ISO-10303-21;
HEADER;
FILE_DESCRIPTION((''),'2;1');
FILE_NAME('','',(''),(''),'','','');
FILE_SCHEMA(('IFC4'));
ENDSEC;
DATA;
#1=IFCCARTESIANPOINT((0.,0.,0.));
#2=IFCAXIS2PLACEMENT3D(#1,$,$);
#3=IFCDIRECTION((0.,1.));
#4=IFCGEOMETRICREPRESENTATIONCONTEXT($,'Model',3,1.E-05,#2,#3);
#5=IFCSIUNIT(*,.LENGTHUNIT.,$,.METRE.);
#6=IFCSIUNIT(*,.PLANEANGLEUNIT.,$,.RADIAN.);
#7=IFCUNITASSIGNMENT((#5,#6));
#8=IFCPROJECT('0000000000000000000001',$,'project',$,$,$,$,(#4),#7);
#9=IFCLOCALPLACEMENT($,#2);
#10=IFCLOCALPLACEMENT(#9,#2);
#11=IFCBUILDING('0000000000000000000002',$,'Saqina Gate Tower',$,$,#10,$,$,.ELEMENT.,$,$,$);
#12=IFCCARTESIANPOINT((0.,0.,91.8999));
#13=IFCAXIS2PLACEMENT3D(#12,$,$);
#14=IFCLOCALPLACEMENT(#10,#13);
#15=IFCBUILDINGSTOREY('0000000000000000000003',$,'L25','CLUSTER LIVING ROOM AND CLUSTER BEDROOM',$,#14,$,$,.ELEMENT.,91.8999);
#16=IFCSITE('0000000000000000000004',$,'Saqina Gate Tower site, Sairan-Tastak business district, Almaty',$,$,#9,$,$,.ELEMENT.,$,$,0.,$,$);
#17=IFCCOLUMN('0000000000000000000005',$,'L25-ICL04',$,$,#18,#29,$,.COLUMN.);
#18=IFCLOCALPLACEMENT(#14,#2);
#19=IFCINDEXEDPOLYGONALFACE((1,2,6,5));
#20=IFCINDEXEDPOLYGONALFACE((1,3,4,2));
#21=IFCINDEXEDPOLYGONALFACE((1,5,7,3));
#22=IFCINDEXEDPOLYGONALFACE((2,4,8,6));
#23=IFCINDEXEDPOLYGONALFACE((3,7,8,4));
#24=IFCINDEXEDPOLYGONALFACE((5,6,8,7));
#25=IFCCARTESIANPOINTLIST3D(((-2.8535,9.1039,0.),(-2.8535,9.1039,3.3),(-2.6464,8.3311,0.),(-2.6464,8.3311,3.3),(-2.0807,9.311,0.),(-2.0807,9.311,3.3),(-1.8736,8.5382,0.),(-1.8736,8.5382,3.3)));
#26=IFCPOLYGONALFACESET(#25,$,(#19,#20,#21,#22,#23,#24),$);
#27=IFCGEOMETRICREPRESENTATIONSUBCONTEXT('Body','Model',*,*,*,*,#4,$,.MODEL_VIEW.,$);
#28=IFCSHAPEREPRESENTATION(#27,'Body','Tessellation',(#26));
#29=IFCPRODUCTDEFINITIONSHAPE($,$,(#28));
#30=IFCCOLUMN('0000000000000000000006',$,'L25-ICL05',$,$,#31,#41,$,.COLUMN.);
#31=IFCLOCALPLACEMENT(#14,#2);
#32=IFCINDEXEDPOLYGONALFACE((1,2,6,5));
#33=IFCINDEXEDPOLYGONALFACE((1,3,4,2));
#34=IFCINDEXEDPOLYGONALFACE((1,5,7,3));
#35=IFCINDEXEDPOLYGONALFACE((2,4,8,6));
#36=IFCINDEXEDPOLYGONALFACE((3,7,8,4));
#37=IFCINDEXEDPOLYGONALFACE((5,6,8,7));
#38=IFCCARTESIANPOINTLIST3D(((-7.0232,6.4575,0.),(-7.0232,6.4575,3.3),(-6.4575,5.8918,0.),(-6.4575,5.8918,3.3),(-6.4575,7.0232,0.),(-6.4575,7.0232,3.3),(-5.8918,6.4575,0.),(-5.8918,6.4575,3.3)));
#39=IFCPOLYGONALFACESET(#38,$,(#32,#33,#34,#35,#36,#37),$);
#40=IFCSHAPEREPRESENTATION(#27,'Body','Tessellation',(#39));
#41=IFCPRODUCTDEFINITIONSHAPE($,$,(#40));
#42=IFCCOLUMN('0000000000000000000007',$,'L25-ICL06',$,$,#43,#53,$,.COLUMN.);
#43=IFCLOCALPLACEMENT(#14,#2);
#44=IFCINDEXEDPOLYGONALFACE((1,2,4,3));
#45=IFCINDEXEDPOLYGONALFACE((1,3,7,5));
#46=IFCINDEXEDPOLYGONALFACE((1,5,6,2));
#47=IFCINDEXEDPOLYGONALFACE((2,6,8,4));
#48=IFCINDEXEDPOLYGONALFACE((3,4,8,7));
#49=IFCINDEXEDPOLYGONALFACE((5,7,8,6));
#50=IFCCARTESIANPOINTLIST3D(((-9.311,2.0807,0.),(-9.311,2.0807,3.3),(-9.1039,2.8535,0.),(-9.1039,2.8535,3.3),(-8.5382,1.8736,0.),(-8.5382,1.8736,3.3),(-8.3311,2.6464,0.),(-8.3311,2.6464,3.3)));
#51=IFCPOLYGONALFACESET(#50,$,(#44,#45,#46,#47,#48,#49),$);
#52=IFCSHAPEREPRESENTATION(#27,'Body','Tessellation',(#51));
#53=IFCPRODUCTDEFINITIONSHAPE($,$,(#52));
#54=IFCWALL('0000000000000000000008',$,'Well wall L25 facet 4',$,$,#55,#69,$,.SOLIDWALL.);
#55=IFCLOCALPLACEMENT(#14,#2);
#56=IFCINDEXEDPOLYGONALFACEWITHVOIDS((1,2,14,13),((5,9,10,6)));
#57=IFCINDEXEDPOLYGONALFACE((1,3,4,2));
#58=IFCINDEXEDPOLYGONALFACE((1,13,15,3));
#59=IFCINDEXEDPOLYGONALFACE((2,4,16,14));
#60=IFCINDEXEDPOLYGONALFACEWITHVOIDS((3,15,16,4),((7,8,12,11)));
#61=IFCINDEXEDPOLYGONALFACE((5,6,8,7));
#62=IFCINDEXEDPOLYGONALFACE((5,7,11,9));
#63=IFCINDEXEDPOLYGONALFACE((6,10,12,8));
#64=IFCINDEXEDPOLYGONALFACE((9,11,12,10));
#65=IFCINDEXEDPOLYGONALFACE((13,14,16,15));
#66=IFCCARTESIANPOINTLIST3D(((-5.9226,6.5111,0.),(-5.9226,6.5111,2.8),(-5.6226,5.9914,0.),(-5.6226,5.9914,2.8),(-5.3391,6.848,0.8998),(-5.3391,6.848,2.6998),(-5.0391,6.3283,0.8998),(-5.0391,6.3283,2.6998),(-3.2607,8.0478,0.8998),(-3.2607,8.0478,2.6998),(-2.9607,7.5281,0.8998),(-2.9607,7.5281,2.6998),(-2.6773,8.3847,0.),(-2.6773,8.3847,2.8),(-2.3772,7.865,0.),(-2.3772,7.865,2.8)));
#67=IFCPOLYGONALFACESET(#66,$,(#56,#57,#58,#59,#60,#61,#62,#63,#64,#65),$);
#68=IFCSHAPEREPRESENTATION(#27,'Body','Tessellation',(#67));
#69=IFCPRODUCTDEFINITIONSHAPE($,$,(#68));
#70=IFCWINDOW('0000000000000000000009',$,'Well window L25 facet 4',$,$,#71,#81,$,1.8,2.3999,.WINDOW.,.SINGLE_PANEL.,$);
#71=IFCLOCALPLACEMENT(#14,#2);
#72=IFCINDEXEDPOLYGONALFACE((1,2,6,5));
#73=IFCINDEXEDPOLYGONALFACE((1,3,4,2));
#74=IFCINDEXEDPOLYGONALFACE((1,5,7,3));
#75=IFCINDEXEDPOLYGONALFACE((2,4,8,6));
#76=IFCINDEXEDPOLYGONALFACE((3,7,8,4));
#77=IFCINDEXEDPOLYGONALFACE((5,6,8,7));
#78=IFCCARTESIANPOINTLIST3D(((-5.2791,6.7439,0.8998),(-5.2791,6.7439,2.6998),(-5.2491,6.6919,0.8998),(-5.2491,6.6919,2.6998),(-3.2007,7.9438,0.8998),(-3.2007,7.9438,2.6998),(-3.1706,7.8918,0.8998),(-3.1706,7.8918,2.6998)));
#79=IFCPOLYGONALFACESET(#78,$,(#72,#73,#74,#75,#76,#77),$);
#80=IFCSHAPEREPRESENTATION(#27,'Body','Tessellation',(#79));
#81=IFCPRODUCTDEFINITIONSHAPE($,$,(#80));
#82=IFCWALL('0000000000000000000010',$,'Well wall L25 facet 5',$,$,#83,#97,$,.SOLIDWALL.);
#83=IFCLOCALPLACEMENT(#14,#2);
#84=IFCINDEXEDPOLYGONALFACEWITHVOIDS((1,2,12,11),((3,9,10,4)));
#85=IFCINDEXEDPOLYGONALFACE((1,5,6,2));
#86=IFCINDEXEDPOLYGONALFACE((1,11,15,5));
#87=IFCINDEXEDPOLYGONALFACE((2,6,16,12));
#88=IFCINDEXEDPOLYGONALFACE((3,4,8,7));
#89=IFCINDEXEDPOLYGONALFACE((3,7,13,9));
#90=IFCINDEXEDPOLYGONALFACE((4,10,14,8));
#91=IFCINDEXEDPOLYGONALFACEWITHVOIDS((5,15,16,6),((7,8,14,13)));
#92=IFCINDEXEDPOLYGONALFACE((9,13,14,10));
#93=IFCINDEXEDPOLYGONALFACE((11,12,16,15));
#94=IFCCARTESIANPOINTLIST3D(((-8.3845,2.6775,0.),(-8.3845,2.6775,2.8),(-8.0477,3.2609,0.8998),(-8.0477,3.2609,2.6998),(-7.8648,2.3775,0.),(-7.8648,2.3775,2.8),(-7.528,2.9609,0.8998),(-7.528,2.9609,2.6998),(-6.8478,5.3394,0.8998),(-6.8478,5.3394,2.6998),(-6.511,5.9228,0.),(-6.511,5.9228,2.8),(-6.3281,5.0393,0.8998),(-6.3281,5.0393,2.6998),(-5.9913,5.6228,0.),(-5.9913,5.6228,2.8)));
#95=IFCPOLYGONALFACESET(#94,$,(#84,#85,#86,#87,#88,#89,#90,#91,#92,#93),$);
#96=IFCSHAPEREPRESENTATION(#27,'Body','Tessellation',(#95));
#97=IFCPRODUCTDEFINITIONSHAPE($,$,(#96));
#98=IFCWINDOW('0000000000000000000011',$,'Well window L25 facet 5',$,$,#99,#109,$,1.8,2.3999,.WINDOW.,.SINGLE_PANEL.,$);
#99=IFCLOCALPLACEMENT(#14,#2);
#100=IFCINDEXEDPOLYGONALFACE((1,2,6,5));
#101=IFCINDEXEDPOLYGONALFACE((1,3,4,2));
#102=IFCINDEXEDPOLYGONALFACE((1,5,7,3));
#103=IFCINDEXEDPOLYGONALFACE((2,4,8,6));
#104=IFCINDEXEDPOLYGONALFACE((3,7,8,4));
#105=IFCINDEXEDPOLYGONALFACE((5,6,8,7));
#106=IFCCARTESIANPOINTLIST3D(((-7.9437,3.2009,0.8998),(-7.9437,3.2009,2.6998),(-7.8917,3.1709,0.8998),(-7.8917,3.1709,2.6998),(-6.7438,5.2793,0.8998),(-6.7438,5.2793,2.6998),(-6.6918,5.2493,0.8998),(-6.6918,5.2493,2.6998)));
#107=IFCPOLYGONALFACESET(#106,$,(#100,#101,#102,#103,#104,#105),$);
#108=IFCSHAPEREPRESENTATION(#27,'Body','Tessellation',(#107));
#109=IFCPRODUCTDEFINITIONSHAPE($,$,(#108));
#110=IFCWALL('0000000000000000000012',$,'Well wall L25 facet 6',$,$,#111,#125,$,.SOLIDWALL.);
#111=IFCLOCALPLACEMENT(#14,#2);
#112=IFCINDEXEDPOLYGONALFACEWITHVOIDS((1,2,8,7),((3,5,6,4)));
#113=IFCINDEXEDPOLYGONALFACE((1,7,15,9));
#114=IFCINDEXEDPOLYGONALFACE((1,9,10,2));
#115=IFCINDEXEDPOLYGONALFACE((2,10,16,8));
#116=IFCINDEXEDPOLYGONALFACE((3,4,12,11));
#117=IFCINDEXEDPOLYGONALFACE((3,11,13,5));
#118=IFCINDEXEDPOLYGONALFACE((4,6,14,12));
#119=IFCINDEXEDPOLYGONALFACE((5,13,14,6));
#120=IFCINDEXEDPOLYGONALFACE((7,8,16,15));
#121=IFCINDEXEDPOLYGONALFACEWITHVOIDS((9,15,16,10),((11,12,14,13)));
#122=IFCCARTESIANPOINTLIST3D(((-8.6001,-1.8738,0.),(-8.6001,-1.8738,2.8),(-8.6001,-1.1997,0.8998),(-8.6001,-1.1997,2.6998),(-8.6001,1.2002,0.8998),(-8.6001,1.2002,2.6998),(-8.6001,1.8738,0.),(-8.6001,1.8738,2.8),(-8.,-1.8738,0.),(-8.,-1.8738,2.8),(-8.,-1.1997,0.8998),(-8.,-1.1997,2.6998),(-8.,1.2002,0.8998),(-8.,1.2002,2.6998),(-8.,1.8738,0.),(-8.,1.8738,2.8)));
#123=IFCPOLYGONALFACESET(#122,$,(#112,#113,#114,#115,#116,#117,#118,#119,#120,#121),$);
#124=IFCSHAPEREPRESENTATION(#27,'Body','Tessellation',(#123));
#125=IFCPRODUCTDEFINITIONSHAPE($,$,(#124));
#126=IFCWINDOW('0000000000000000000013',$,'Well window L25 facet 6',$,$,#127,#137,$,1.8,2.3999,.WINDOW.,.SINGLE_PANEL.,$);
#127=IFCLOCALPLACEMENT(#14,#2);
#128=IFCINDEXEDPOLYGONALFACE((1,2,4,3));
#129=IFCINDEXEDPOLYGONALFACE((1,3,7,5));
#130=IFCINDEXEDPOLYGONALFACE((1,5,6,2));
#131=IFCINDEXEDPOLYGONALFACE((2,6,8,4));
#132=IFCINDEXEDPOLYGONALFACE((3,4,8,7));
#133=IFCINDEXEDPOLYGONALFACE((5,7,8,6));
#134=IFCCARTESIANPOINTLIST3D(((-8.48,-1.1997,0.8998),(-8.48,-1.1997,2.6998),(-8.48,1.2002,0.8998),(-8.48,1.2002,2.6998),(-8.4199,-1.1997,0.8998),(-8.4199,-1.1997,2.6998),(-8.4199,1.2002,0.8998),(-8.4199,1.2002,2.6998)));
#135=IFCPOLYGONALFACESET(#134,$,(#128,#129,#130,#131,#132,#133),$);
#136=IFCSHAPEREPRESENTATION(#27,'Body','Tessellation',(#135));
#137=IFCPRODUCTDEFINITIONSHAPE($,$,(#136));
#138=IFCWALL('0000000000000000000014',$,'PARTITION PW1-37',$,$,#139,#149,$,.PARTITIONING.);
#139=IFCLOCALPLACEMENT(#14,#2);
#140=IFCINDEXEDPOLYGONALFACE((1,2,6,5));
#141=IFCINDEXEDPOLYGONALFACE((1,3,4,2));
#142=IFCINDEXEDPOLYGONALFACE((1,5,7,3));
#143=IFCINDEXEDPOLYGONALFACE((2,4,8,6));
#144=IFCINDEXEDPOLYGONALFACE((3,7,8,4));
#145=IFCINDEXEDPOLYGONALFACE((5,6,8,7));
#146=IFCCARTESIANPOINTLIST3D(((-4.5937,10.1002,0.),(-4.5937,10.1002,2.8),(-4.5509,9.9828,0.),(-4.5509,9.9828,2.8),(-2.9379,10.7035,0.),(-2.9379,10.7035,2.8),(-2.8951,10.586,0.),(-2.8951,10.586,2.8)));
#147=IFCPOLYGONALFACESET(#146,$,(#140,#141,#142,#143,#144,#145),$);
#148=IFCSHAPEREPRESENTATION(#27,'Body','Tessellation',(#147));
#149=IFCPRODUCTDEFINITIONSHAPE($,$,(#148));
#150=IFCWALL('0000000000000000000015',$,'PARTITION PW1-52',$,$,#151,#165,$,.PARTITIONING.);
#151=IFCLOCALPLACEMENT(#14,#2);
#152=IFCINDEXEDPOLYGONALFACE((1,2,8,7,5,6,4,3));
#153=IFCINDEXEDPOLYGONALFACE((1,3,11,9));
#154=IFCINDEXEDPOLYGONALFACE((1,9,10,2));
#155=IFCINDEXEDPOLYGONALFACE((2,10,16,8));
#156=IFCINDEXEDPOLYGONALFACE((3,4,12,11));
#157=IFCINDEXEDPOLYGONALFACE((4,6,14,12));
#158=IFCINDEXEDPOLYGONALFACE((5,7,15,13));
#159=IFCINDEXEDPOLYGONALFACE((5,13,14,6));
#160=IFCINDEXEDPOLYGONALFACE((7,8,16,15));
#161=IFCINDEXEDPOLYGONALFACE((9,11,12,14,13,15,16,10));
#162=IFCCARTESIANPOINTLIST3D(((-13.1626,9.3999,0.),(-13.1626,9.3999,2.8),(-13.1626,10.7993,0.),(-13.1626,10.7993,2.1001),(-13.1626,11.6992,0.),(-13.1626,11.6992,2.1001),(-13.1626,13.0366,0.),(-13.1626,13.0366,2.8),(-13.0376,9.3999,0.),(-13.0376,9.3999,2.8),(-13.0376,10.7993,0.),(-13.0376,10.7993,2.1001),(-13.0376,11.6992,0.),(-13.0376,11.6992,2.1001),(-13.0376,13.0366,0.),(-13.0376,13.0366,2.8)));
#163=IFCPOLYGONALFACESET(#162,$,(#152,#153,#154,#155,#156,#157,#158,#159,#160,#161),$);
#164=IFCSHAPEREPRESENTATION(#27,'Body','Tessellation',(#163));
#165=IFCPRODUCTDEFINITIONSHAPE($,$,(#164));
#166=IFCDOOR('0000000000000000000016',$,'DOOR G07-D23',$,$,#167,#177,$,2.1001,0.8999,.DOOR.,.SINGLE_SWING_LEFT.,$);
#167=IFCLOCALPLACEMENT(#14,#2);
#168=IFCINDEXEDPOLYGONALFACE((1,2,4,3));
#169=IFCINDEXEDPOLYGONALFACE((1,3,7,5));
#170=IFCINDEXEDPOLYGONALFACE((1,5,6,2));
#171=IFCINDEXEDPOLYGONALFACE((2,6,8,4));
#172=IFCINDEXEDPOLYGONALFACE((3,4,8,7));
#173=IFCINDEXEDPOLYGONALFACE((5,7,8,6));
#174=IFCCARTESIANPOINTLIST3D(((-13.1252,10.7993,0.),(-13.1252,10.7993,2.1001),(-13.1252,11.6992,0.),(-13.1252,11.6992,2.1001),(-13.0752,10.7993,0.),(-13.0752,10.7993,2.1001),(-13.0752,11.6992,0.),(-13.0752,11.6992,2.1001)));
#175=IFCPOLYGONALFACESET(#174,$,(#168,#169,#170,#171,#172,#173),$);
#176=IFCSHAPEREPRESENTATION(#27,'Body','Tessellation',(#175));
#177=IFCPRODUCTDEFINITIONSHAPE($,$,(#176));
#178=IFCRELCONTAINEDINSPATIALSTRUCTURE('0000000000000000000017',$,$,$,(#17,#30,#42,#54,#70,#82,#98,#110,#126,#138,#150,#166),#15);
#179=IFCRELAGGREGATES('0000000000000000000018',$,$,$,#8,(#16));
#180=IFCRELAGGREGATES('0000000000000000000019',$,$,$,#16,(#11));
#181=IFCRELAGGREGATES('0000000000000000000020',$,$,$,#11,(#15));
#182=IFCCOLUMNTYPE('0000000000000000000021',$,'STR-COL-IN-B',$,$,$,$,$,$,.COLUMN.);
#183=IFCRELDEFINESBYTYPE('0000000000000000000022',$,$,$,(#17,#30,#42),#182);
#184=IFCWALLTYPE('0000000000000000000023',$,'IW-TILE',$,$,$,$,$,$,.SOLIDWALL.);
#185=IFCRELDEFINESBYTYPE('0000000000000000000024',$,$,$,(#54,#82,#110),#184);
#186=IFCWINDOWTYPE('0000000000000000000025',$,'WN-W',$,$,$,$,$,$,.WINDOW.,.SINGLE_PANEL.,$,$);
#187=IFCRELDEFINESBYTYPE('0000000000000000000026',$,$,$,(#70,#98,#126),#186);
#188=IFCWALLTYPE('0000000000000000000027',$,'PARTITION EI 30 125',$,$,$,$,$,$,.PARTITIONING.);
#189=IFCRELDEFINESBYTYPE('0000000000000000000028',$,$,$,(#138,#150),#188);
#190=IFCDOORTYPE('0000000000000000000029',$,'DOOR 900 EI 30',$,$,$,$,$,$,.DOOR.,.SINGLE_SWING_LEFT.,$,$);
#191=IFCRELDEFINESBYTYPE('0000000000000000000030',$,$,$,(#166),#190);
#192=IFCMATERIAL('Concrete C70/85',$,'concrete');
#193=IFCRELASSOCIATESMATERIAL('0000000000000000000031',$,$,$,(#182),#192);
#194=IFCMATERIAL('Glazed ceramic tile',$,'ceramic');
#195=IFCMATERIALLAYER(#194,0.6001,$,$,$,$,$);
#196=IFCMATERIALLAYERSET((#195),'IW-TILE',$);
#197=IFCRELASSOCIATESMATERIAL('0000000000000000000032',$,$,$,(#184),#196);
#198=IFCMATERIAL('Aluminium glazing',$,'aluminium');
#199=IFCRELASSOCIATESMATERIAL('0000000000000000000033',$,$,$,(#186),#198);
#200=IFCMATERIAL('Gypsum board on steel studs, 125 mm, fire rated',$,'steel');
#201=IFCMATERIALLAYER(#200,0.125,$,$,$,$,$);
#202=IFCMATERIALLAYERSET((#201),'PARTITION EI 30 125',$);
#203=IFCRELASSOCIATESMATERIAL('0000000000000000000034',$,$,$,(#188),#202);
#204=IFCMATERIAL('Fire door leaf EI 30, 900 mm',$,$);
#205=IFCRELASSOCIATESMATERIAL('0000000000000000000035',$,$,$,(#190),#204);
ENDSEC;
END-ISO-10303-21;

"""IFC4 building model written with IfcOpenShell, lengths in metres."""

from ifc_helpers import new_model, si_unit, direction, frame, frame_2d, origin, origin_2d, place, context, subcontext, project, spatial, rectangle, extrude, material, layer, layer_set, material_profile, profile_set, type_object, element, fill, save


model = new_model("IFC4")

# Units and contexts
model_context = context("Model", 3, precision=1e-05, world=origin(), true_north=direction((0.0, 1.0)))
body_context = subcontext(model_context, "Body", "Model", "MODEL_VIEW")
ifc_project = project(units=[si_unit("LENGTHUNIT", "METRE"), si_unit("PLANEANGLEUNIT", "RADIAN")], contexts=[model_context])

# Site, building, storey
site_placement = place(None, origin())
site = spatial("IfcSite", under=ifc_project, at=site_placement, Name="Saqina Gate Tower site, Sairan-Tastak business district, Almaty", CompositionType="ELEMENT", RefElevation=0.0)
building_placement = place(site_placement, origin())
building = spatial("IfcBuilding", under=site, at=building_placement, Name="Saqina Gate Tower", CompositionType="ELEMENT")
storey_placement = place(building_placement, frame((0.0, 0.0, 91.8999)))
storey = spatial("IfcBuildingStorey", under=building, at=storey_placement, Name="L25", Description="CLUSTER LIVING ROOM AND CLUSTER BEDROOM", CompositionType="ELEMENT", Elevation=91.8999)

# Columns
ifc_material_1 = material(Name="Concrete C70/85", Category="concrete")
ifc_material_profile = material_profile(ifc_material_1, rectangle(XDim=0.8, YDim=0.8, at=origin_2d()), Name="RC 800x800")
ifc_profile_set = profile_set([ifc_material_profile], Name="Concrete C70/85")
column_type = type_object("IfcColumnType", Name="STR-COL-IN-B", PredefinedType="COLUMN", material=ifc_profile_set)
for number, where, z_axis, x_axis, name in (
    (1, (-2.3635, 8.821, 0.0), (0.0, 0.0, 1.0), (-0.258819, 0.965926, 0.0), "L25-ICL04"),
    (2, (-6.4575, 6.4575, 0.0), (0.0, 0.0, 1.0), (-0.707107, 0.707107, 0.0), "L25-ICL05"),
    (3, (-8.821, 2.3635, 0.0), (0.0, 0.0, 1.0), (-0.965926, 0.258819, 0.0), "L25-ICL06"),
):
    element("IfcColumn", number, at=place(storey_placement, frame(where, z_axis=z_axis, x_axis=x_axis)), inside=storey, type_object=column_type, Name=name, PredefinedType="COLUMN", context=body_context, shape_type="SweptSolid", body=[
        extrude(rectangle(XDim=0.8, YDim=0.8, at=origin_2d()), origin(), (0.0, 0.0, 1.0), 3.3),
    ])

# Walls, openings, windows
ifc_material_2 = material(Name="Glazed ceramic tile", Category="ceramic")
ifc_layer_1 = layer(ifc_material_2, 0.6001)
ifc_layer_set_1 = layer_set([ifc_layer_1], Name="IW-TILE")
wall_type_1 = type_object("IfcWallType", Name="IW-TILE", PredefinedType="SOLIDWALL", material=ifc_layer_set_1)
wall_1_placement = place(storey_placement, frame((-2.5273, 8.1248, 0.0), z_axis=(0.0, 0.0, 1.0), x_axis=(-0.866046, -0.499965, 0.0)))
wall_1 = element("IfcWall", 4, at=wall_1_placement, inside=storey, type_object=wall_type_1, Name="Well wall L25 facet 4", PredefinedType="SOLIDWALL", context=body_context, shape_type="SweptSolid", body=[
    extrude(rectangle(XDim=3.7473, YDim=0.6001, at=frame_2d((1.8735, 0.0))), origin(), (0.0, 0.0, 1.0), 2.8),
])
opening_1_placement = place(wall_1_placement, frame((0.6736, 0.0, 0.8999)))
opening_1 = element("IfcOpeningElement", 5, at=opening_1_placement, cuts=wall_1, PredefinedType="OPENING", context=body_context, shape_type="SweptSolid", body=[
    extrude(rectangle(XDim=2.3999, YDim=1.8, at=frame_2d((1.2, 0.8999))), frame((0.0, 0.312, 0.0), z_axis=(0.0, -1.0, 0.0), x_axis=(1.0, 0.0, 0.0)), (0.0, 0.0, 1.0), 0.624),
])
ifc_material_3 = material(Name="Aluminium glazing", Category="aluminium")
window_type = type_object("IfcWindowType", Name="WN-W", PartitioningType="SINGLE_PANEL", PredefinedType="WINDOW", material=ifc_material_3)
window_1_placement = place(opening_1_placement, origin())
window_1 = element("IfcWindow", 6, at=window_1_placement, inside=storey, type_object=window_type, Name="Well window L25 facet 4", OverallHeight=1.8, OverallWidth=2.3999, PartitioningType="SINGLE_PANEL", PredefinedType="WINDOW", context=body_context, shape_type="SweptSolid", body=[
    extrude(rectangle(XDim=2.3999, YDim=1.8, at=frame_2d((1.2, 0.8999))), frame((0.0, -0.1199, 0.0), z_axis=(0.0, -1.0, 0.0), x_axis=(1.0, 0.0, 0.0)), (0.0, 0.0, 1.0), 0.0601),
])
fill(opening_1, window_1)
wall_2_placement = place(storey_placement, frame((-6.2512, 5.7727, 0.0), z_axis=(0.0, 0.0, 1.0), x_axis=(-0.499965, -0.866046, 0.0)))
wall_2 = element("IfcWall", 7, at=wall_2_placement, inside=storey, type_object=wall_type_1, Name="Well wall L25 facet 5", PredefinedType="SOLIDWALL", context=body_context, shape_type="SweptSolid", body=[
    extrude(rectangle(XDim=3.7473, YDim=0.6001, at=frame_2d((1.8735, 0.0))), origin(), (0.0, 0.0, 1.0), 2.8),
])
opening_2_placement = place(wall_2_placement, frame((0.6736, 0.0, 0.8999)))
opening_2 = element("IfcOpeningElement", 8, at=opening_2_placement, cuts=wall_2, PredefinedType="OPENING", context=body_context, shape_type="SweptSolid", body=[
    extrude(rectangle(XDim=2.3999, YDim=1.8, at=frame_2d((1.2, 0.8999))), frame((0.0, 0.312, 0.0), z_axis=(0.0, -1.0, 0.0), x_axis=(1.0, 0.0, 0.0)), (0.0, 0.0, 1.0), 0.624),
])
window_2_placement = place(opening_2_placement, origin())
window_2 = element("IfcWindow", 9, at=window_2_placement, inside=storey, type_object=window_type, Name="Well window L25 facet 5", OverallHeight=1.8, OverallWidth=2.3999, PartitioningType="SINGLE_PANEL", PredefinedType="WINDOW", context=body_context, shape_type="SweptSolid", body=[
    extrude(rectangle(XDim=2.3999, YDim=1.8, at=frame_2d((1.2, 0.8999))), frame((0.0, -0.1199, 0.0), z_axis=(0.0, -1.0, 0.0), x_axis=(1.0, 0.0, 0.0)), (0.0, 0.0, 1.0), 0.0601),
])
fill(opening_2, window_2)
wall_3_placement = place(storey_placement, frame((-8.3, 1.8738, 0.0), z_axis=(0.0, 0.0, 1.0), x_axis=(0.0, -1.0, 0.0)))
wall_3 = element("IfcWall", 10, at=wall_3_placement, inside=storey, type_object=wall_type_1, Name="Well wall L25 facet 6", PredefinedType="SOLIDWALL", context=body_context, shape_type="SweptSolid", body=[
    extrude(rectangle(XDim=3.7476, YDim=0.6001, at=frame_2d((1.8738, 0.0))), origin(), (0.0, 0.0, 1.0), 2.8),
])
opening_3_placement = place(wall_3_placement, frame((0.6736, 0.0, 0.8999)))
opening_3 = element("IfcOpeningElement", 11, at=opening_3_placement, cuts=wall_3, PredefinedType="OPENING", context=body_context, shape_type="SweptSolid", body=[
    extrude(rectangle(XDim=2.3999, YDim=1.8, at=frame_2d((1.2, 0.8999))), frame((0.0, 0.312, 0.0), z_axis=(0.0, -1.0, 0.0), x_axis=(1.0, 0.0, 0.0)), (0.0, 0.0, 1.0), 0.624),
])
window_3_placement = place(opening_3_placement, origin())
window_3 = element("IfcWindow", 12, at=window_3_placement, inside=storey, type_object=window_type, Name="Well window L25 facet 6", OverallHeight=1.8, OverallWidth=2.3999, PartitioningType="SINGLE_PANEL", PredefinedType="WINDOW", context=body_context, shape_type="SweptSolid", body=[
    extrude(rectangle(XDim=2.3999, YDim=1.8, at=frame_2d((1.2, 0.8999))), frame((0.0, -0.1199, 0.0), z_axis=(0.0, -1.0, 0.0), x_axis=(1.0, 0.0, 0.0)), (0.0, 0.0, 1.0), 0.0601),
])
fill(opening_3, window_3)

# Wall
ifc_material_4 = material(Name="Gypsum board on steel studs, 125 mm, fire rated", Category="steel")
ifc_layer_2 = layer(ifc_material_4, 0.125)
ifc_layer_set_2 = layer_set([ifc_layer_2], Name="PARTITION EI 30 125")
wall_type_2 = type_object("IfcWallType", Name="PARTITION EI 30 125", PredefinedType="PARTITIONING", material=ifc_layer_set_2)
wall_4_placement = place(storey_placement, frame((-4.5723, 10.0415, 0.0), z_axis=(0.0, 0.0, 1.0), x_axis=(0.939579, 0.342333, 0.0)))
element("IfcWall", 13, at=wall_4_placement, inside=storey, type_object=wall_type_2, Name="PARTITION PW1-37", PredefinedType="PARTITIONING", context=body_context, shape_type="SweptSolid", body=[
    extrude(rectangle(XDim=1.7622, YDim=0.125, at=frame_2d((0.8811, 0.0))), origin(), (0.0, 0.0, 1.0), 2.8),
])

# Wall, opening, door
wall_5_placement = place(storey_placement, frame((-13.1001, 9.3999, 0.0), z_axis=(0.0, 0.0, 1.0), x_axis=(0.0, 1.0, 0.0)))
wall_5 = element("IfcWall", 14, at=wall_5_placement, inside=storey, type_object=wall_type_2, Name="PARTITION PW1-52", PredefinedType="PARTITIONING", context=body_context, shape_type="SweptSolid", body=[
    extrude(rectangle(XDim=3.6367, YDim=0.125, at=frame_2d((1.8184, 0.0))), origin(), (0.0, 0.0, 1.0), 2.8),
])
opening_4_placement = place(wall_5_placement, frame((1.3994, 0.0, 0.0)))
opening_4 = element("IfcOpeningElement", 15, at=opening_4_placement, cuts=wall_5, PredefinedType="OPENING", context=body_context, shape_type="SweptSolid", body=[
    extrude(rectangle(XDim=0.8999, YDim=2.1001, at=frame_2d((0.45, 1.05))), frame((0.0, 0.0745, 0.0), z_axis=(0.0, -1.0, 0.0), x_axis=(1.0, 0.0, 0.0)), (0.0, 0.0, 1.0), 0.1489),
])
ifc_material_5 = material(Name="Fire door leaf EI 30, 900 mm")
door_type = type_object("IfcDoorType", Name="DOOR 900 EI 30", OperationType="SINGLE_SWING_LEFT", PredefinedType="DOOR", material=ifc_material_5)
door_placement = place(opening_4_placement, frame((0.8999, 0.0, 0.0), z_axis=(0.0, 0.0, 1.0), x_axis=(-1.0, 0.0, 0.0)))
door = element("IfcDoor", 16, at=door_placement, inside=storey, type_object=door_type, Name="DOOR G07-D23", OperationType="SINGLE_SWING_LEFT", OverallHeight=2.1001, OverallWidth=0.8999, PredefinedType="DOOR", context=body_context, shape_type="SweptSolid", body=[
    extrude(rectangle(XDim=0.8999, YDim=2.1001, at=frame_2d((0.45, 1.05))), frame((0.0, 0.0249, 0.0), z_axis=(0.0, -1.0, 0.0), x_axis=(1.0, 0.0, 0.0)), (0.0, 0.0, 1.0), 0.05),
])
fill(opening_4, door)

save(model, "model.ifc")
